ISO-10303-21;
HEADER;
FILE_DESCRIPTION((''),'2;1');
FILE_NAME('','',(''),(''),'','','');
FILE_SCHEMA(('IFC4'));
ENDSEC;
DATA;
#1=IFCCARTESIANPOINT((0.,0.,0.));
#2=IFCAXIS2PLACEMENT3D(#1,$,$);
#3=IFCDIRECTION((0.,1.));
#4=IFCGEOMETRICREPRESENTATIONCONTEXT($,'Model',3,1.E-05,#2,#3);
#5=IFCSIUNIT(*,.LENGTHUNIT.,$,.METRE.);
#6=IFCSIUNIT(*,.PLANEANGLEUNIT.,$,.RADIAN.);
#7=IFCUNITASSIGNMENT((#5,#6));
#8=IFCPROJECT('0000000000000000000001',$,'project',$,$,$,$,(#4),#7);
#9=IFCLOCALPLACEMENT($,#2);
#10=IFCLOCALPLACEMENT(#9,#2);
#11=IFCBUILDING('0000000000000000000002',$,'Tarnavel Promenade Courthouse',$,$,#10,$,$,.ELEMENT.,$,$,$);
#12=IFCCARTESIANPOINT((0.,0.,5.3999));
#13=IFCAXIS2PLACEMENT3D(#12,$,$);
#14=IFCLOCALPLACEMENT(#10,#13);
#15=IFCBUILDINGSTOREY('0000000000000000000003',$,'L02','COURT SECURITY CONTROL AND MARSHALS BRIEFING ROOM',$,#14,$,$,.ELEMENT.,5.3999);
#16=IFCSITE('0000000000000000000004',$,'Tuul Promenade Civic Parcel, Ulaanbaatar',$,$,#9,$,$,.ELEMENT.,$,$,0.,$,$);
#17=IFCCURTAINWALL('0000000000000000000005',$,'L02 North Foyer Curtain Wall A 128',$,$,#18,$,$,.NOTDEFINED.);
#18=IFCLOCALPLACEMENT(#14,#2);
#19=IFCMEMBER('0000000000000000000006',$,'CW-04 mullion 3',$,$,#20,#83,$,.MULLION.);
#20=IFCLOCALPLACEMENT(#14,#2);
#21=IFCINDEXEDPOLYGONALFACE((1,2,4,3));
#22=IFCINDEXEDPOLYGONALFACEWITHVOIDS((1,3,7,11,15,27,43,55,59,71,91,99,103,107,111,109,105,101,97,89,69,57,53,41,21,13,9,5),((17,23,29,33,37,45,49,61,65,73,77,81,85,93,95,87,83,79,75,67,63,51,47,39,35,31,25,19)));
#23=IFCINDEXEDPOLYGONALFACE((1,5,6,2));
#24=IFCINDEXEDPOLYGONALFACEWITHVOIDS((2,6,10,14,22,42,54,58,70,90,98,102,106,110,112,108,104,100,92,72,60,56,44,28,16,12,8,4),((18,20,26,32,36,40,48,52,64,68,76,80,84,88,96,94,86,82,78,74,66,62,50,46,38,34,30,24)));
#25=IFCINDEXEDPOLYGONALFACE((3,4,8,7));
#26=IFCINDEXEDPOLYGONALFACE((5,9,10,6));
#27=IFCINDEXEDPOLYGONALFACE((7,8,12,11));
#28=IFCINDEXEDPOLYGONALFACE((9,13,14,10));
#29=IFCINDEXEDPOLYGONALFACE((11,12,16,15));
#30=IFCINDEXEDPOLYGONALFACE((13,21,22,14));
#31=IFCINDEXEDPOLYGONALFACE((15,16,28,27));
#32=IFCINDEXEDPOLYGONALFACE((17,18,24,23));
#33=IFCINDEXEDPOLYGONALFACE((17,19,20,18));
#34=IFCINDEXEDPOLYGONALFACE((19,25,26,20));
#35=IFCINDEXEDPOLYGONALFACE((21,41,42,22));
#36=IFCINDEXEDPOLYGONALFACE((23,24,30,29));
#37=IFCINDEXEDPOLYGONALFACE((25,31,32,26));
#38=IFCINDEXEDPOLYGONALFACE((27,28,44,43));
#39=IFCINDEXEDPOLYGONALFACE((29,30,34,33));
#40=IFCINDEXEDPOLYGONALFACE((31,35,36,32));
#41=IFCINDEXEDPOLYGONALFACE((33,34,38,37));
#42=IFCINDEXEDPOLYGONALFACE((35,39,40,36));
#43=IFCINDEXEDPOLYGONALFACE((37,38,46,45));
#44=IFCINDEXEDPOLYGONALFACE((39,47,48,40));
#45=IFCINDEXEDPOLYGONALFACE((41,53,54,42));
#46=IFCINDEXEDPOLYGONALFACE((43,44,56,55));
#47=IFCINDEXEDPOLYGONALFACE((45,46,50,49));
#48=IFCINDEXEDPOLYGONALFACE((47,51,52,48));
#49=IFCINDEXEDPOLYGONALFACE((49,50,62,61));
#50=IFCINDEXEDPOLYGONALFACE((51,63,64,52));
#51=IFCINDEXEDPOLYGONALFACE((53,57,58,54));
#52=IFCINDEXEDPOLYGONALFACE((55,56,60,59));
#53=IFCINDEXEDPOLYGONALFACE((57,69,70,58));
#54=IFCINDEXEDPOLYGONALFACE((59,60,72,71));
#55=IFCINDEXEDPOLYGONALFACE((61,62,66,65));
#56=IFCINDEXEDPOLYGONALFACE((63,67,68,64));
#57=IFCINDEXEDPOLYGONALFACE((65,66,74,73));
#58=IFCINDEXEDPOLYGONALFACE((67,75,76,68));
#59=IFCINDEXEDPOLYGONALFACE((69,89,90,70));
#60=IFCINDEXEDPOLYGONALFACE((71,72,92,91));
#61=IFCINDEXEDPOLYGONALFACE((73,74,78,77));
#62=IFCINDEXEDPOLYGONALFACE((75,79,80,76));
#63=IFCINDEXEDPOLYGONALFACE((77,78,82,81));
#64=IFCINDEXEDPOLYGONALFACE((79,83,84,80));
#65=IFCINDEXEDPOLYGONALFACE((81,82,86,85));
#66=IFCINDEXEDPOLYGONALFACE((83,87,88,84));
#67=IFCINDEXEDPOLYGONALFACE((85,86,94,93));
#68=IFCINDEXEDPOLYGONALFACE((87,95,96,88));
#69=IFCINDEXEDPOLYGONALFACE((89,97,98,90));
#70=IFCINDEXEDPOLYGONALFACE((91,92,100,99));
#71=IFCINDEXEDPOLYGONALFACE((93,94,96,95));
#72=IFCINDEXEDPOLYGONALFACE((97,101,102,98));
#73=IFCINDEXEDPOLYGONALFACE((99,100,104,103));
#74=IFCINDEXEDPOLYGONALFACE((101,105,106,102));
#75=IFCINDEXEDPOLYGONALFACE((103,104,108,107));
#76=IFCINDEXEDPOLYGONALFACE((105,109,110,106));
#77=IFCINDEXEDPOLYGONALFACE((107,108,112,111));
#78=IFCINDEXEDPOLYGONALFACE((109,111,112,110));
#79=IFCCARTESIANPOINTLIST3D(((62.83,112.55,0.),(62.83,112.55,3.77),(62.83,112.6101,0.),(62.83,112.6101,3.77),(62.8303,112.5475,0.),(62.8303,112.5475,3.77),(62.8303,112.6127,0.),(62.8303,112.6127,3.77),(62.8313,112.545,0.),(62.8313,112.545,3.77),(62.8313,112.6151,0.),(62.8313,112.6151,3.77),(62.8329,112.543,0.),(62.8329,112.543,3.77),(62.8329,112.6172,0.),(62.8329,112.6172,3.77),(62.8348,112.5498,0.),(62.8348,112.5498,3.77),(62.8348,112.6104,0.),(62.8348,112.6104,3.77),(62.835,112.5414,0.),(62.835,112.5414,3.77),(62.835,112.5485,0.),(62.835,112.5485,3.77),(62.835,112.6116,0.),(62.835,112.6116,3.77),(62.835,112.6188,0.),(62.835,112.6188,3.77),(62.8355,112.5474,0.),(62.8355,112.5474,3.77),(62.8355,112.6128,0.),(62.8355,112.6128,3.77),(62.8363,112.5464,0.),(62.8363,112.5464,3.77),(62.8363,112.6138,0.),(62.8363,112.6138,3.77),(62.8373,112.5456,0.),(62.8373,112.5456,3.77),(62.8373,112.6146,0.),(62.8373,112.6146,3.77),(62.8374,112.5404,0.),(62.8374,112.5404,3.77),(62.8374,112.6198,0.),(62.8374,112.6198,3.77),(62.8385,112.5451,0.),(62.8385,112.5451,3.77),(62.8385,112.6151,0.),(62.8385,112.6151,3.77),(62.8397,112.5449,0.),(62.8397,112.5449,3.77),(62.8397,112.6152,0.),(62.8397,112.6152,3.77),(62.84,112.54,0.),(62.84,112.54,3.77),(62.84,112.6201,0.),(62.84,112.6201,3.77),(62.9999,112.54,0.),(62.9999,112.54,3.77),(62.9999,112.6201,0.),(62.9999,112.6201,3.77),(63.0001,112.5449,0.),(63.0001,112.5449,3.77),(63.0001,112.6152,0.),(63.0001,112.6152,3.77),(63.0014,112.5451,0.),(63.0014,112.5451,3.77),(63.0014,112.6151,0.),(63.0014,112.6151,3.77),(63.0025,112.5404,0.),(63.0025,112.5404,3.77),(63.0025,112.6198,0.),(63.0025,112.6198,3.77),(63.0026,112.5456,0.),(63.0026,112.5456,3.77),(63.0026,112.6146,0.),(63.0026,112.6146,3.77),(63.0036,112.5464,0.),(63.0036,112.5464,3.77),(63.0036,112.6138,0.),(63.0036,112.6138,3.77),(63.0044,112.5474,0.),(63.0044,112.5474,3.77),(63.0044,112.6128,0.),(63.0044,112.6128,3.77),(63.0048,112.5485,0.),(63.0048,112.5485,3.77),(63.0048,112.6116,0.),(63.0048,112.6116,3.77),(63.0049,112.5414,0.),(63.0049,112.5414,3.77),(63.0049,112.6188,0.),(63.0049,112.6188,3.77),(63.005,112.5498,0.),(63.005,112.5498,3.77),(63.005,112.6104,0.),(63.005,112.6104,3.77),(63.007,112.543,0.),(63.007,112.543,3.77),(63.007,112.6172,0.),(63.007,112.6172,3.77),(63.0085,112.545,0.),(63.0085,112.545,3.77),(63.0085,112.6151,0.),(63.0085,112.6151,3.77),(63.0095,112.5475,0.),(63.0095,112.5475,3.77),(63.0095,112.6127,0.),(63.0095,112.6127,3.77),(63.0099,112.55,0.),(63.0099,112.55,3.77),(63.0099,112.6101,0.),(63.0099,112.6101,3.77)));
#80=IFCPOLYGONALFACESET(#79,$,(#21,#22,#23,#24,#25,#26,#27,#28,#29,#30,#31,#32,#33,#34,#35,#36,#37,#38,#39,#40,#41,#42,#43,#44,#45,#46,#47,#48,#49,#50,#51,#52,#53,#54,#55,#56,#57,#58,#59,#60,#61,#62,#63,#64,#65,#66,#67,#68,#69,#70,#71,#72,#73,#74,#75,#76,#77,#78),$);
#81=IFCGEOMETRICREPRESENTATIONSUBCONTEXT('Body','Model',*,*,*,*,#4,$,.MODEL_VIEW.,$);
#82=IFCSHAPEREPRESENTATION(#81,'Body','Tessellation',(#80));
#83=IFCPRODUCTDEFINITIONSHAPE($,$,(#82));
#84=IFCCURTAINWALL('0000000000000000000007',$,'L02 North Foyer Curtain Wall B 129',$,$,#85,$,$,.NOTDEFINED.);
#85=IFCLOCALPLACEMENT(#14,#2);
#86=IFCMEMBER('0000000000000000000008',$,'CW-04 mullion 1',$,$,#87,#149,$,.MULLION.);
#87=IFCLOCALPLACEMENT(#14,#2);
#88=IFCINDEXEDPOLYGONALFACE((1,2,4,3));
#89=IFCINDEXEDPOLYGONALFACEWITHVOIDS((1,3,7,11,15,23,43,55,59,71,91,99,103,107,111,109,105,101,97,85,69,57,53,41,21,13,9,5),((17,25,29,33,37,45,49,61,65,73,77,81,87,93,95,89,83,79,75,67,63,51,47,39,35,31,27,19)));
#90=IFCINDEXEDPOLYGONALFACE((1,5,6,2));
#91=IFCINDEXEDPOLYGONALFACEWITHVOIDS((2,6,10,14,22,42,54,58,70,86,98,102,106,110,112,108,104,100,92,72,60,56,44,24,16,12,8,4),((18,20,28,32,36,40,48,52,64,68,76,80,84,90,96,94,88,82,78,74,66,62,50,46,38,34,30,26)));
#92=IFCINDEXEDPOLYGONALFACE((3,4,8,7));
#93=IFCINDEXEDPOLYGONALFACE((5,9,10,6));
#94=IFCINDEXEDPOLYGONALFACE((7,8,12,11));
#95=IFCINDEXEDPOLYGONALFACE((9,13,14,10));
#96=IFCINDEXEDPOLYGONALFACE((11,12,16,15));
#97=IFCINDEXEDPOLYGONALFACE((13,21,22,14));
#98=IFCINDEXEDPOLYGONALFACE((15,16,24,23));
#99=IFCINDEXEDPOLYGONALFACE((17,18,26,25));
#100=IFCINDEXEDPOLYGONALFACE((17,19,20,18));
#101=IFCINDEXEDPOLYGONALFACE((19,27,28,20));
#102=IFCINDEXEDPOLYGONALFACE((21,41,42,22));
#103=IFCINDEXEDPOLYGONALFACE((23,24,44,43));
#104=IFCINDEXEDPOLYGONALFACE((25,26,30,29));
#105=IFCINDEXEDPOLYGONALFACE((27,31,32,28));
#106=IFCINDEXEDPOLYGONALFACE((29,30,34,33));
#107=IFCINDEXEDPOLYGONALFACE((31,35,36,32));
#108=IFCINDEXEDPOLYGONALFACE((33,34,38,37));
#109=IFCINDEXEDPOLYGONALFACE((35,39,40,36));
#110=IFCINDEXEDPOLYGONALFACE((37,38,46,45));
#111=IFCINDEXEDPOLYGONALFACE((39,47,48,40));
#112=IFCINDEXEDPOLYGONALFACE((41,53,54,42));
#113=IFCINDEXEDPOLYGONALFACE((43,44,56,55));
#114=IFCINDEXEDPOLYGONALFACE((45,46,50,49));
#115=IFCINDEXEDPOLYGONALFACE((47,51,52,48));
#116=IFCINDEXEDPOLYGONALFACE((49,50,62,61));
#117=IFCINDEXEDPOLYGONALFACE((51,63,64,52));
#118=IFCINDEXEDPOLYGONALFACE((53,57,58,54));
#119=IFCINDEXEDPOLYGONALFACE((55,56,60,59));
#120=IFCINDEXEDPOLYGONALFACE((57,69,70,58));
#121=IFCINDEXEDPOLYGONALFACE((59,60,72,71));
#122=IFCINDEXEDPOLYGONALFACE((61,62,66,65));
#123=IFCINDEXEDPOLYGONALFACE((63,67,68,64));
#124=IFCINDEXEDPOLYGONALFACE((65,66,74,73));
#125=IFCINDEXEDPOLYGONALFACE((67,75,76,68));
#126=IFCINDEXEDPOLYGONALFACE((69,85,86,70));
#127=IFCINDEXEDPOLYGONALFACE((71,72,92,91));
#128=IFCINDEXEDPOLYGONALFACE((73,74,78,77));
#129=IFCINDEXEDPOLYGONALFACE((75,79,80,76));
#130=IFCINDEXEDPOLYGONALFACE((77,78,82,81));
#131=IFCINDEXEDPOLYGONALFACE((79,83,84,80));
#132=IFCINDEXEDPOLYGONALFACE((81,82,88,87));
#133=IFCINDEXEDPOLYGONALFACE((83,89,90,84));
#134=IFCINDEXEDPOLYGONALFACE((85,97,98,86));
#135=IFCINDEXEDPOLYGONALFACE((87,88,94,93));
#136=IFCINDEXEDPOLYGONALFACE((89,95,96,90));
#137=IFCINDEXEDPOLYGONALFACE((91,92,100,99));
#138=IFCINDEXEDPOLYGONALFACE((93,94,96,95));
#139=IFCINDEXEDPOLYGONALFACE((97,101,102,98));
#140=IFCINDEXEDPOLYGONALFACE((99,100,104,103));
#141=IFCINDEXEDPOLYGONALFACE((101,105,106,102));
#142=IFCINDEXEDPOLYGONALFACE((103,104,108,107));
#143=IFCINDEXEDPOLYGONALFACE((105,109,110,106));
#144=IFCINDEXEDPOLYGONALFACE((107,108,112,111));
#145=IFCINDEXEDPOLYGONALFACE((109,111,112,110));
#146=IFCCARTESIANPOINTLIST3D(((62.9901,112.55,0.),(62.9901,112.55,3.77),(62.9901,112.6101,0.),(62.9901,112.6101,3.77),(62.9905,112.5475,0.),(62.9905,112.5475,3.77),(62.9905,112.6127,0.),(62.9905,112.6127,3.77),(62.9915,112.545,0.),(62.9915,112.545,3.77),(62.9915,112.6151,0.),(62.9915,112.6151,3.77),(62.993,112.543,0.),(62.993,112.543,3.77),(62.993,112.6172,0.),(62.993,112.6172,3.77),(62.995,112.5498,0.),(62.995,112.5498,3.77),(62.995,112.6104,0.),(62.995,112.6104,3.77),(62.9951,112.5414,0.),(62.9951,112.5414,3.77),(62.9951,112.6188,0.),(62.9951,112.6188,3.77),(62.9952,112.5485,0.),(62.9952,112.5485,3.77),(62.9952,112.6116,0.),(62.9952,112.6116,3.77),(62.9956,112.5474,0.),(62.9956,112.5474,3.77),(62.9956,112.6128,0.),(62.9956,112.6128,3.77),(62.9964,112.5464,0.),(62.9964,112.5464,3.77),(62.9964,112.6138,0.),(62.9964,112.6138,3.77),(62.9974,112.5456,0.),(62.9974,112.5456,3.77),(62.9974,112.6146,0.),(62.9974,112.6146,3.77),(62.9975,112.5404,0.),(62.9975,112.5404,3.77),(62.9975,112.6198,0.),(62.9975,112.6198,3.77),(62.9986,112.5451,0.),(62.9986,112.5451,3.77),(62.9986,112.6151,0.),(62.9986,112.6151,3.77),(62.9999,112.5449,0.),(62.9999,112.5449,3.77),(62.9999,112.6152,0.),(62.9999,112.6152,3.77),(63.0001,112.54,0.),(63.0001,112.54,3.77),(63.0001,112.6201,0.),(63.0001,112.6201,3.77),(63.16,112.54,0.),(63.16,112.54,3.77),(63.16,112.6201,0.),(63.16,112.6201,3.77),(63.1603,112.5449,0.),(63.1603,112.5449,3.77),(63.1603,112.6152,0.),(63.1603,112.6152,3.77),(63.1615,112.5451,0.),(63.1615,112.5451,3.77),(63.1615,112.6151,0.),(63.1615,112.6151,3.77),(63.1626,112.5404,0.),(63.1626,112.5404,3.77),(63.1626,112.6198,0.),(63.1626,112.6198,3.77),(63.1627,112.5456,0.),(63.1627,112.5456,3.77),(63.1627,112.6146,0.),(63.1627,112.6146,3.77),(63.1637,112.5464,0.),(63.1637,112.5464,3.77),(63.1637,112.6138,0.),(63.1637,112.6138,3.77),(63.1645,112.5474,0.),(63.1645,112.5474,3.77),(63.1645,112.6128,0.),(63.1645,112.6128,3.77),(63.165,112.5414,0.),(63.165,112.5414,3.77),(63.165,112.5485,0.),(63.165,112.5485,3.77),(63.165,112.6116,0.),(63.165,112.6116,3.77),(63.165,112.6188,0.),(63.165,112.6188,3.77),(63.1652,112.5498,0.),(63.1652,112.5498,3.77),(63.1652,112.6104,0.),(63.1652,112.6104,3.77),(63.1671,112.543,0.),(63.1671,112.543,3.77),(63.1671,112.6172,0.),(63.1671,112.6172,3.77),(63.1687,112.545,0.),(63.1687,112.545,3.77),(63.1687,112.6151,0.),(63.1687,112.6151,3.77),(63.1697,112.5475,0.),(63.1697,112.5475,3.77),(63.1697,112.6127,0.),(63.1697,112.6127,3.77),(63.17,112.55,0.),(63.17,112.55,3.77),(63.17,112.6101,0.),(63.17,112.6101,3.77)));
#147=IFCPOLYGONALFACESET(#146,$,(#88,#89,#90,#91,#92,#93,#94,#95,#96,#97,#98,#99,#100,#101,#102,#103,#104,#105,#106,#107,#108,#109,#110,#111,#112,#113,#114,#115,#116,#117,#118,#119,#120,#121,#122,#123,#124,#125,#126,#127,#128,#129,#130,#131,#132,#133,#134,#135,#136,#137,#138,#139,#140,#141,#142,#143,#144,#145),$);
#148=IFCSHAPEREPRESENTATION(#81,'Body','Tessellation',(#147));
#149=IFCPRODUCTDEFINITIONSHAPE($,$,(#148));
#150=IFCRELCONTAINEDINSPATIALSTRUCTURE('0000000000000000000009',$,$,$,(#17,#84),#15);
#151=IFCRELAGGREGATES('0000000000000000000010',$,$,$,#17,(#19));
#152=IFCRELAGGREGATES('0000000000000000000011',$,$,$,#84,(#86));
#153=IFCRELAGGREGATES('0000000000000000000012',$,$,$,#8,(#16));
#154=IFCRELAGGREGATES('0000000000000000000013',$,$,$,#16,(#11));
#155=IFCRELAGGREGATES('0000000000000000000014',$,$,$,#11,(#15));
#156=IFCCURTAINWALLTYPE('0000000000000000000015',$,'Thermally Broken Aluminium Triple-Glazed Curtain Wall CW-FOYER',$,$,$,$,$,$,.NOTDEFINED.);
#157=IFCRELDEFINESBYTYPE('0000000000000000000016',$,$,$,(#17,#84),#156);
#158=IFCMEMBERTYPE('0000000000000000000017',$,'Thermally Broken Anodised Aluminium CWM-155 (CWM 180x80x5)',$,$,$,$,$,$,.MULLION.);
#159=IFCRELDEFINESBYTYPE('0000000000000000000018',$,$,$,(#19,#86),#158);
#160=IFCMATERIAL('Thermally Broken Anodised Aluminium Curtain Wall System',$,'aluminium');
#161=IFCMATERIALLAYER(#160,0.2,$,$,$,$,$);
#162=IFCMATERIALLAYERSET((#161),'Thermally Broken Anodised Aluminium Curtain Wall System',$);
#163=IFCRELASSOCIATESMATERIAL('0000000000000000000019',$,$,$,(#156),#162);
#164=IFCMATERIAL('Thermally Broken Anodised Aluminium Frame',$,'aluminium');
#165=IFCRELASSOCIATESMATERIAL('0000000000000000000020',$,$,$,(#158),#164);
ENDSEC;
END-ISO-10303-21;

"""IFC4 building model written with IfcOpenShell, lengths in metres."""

from ifc_helpers import new_model, si_unit, direction, frame, origin, origin_2d, place, context, subcontext, project, spatial, hollow_rectangle, extrude, material, layer, layer_set, material_profile, profile_set, type_object, element, aggregate, save


model = new_model("IFC4")

# Units and contexts
model_context = context("Model", 3, precision=1e-05, world=origin(), true_north=direction((0.0, 1.0)))
body_context = subcontext(model_context, "Body", "Model", "MODEL_VIEW")
ifc_project = project(units=[si_unit("LENGTHUNIT", "METRE"), si_unit("PLANEANGLEUNIT", "RADIAN")], contexts=[model_context])

# Site, building, storey
site_placement = place(None, origin())
site = spatial("IfcSite", under=ifc_project, at=site_placement, Name="Tuul Promenade Civic Parcel, Ulaanbaatar", CompositionType="ELEMENT", RefElevation=0.0)
building_placement = place(site_placement, origin())
building = spatial("IfcBuilding", under=site, at=building_placement, Name="Tarnavel Promenade Courthouse", CompositionType="ELEMENT")
storey_placement = place(building_placement, frame((0.0, 0.0, 5.3999)))
storey = spatial("IfcBuildingStorey", under=building, at=storey_placement, Name="L02", Description="COURT SECURITY CONTROL AND MARSHALS BRIEFING ROOM", CompositionType="ELEMENT", Elevation=5.3999)

# Curtain walls, members
ifc_material_1 = material(Name="Thermally Broken Anodised Aluminium Curtain Wall System", Category="aluminium")
ifc_layer_1 = layer(ifc_material_1, 0.2)
ifc_layer_set_1 = layer_set([ifc_layer_1], Name="Thermally Broken Anodised Aluminium Curtain Wall System")
curtain_wall_type = type_object("IfcCurtainWallType", Name="Thermally Broken Aluminium Triple-Glazed Curtain Wall CW-FOYER", PredefinedType="NOTDEFINED", material=ifc_layer_set_1)
curtain_wall_1_placement = place(storey_placement, origin())
curtain_wall_1 = element("IfcCurtainWall", 1, at=curtain_wall_1_placement, inside=storey, type_object=curtain_wall_type, Name="L02 North Foyer Curtain Wall A 128", PredefinedType="NOTDEFINED")
ifc_material_2 = material(Name="Thermally Broken Anodised Aluminium Frame", Category="aluminium")
ifc_material_profile_1 = material_profile(ifc_material_2, hollow_rectangle(XDim=0.0801, YDim=0.1799, WallThickness=0.0049, InnerFilletRadius=0.0049, OuterFilletRadius=0.01, at=origin_2d()), Name="CWM 180x80x5")
ifc_profile_set_1 = profile_set([ifc_material_profile_1], Name="Thermally Broken Anodised Aluminium Frame")
member_type_1 = type_object("IfcMemberType", Name="Thermally Broken Anodised Aluminium CWM-155 (CWM 180x80x5)", PredefinedType="MULLION", material=ifc_profile_set_1)
member_1_placement = place(storey_placement, frame((62.9199, 112.5801, 0.0), z_axis=(0.0, 0.0, 1.0), x_axis=(0.0, 1.0, 0.0)))
member_1 = element("IfcMember", 2, at=member_1_placement, type_object=member_type_1, Name="CW-04 mullion 3", PredefinedType="MULLION", context=body_context, shape_type="SweptSolid", body=[
    extrude(hollow_rectangle(XDim=0.0801, YDim=0.1799, WallThickness=0.0049, InnerFilletRadius=0.0049, OuterFilletRadius=0.01, at=origin_2d()), origin(), (0.0, 0.0, 1.0), 3.77),
])
curtain_wall_2_placement = place(storey_placement, origin())
curtain_wall_2 = element("IfcCurtainWall", 3, at=curtain_wall_2_placement, inside=storey, type_object=curtain_wall_type, Name="L02 North Foyer Curtain Wall B 129", PredefinedType="NOTDEFINED")
member_2_placement = place(storey_placement, frame((63.0801, 112.5801, 0.0), z_axis=(0.0, 0.0, 1.0), x_axis=(0.0, 1.0, 0.0)))
member_2 = element("IfcMember", 4, at=member_2_placement, type_object=member_type_1, Name="CW-04 mullion 1", PredefinedType="MULLION", context=body_context, shape_type="SweptSolid", body=[
    extrude(hollow_rectangle(XDim=0.0801, YDim=0.1799, WallThickness=0.0049, InnerFilletRadius=0.0049, OuterFilletRadius=0.01, at=origin_2d()), origin(), (0.0, 0.0, 1.0), 3.77),
])

aggregate(curtain_wall_1, [member_1])
aggregate(curtain_wall_2, [member_2])

save(model, "model.ifc")
